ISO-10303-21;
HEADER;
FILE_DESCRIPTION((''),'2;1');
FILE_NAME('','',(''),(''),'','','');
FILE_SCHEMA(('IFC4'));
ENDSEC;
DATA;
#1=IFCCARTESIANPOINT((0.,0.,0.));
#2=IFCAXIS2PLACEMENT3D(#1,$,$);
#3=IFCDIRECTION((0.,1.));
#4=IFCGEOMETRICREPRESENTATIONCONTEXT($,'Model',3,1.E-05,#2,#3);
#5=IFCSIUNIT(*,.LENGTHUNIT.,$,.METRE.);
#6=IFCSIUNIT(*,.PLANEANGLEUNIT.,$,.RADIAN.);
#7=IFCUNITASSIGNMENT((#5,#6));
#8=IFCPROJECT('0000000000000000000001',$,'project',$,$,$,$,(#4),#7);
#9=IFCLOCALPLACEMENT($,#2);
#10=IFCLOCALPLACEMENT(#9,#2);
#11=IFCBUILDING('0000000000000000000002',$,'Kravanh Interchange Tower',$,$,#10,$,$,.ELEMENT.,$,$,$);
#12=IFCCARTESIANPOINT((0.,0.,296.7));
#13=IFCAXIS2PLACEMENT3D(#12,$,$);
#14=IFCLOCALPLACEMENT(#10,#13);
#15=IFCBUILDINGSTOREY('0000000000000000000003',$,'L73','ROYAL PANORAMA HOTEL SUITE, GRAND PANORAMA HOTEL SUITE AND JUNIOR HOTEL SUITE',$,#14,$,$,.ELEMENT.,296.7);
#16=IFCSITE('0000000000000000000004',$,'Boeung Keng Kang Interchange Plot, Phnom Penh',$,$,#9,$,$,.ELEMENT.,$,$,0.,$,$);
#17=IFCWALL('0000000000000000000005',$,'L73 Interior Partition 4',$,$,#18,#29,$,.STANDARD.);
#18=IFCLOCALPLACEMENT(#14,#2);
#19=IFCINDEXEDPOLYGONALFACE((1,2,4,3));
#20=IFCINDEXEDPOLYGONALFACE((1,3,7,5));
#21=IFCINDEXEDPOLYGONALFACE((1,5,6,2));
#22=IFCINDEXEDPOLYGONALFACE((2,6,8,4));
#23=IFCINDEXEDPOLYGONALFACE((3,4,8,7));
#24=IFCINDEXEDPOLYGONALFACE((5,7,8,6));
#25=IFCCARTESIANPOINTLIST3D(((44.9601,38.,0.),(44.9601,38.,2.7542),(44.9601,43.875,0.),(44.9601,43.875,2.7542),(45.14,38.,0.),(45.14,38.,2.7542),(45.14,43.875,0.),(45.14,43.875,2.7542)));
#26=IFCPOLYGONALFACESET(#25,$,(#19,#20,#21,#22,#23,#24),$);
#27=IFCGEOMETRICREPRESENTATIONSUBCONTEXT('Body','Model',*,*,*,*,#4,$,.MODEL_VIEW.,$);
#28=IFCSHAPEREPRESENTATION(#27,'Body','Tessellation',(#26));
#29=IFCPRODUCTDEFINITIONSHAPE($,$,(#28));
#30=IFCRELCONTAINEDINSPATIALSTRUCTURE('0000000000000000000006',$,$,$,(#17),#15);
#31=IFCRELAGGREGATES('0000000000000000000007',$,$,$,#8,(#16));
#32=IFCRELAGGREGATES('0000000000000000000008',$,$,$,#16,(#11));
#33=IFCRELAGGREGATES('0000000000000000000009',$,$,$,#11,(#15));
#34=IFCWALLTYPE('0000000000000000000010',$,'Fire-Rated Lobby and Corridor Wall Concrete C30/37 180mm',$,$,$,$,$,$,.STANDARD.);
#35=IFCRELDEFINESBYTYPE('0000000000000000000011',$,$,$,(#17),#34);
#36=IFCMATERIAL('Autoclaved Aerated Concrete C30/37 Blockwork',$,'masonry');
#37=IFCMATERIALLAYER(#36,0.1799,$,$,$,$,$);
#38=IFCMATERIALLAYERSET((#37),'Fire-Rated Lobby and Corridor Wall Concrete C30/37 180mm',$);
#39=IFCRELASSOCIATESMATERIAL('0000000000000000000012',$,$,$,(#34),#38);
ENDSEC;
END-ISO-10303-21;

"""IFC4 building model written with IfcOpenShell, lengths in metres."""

from ifc_helpers import new_model, si_unit, direction, frame, frame_2d, origin, place, context, subcontext, project, spatial, rectangle, extrude, material, layer, layer_set, type_object, element, save


model = new_model("IFC4")

# Units and contexts
model_context = context("Model", 3, precision=1e-05, world=origin(), true_north=direction((0.0, 1.0)))
body_context = subcontext(model_context, "Body", "Model", "MODEL_VIEW")
ifc_project = project(units=[si_unit("LENGTHUNIT", "METRE"), si_unit("PLANEANGLEUNIT", "RADIAN")], contexts=[model_context])

# Site, building, storey
site_placement = place(None, origin())
site = spatial("IfcSite", under=ifc_project, at=site_placement, Name="Boeung Keng Kang Interchange Plot, Phnom Penh", CompositionType="ELEMENT", RefElevation=0.0)
building_placement = place(site_placement, origin())
building = spatial("IfcBuilding", under=site, at=building_placement, Name="Kravanh Interchange Tower", CompositionType="ELEMENT")
storey_placement = place(building_placement, frame((0.0, 0.0, 296.7)))
storey = spatial("IfcBuildingStorey", under=building, at=storey_placement, Name="L73", Description="ROYAL PANORAMA HOTEL SUITE, GRAND PANORAMA HOTEL SUITE AND JUNIOR HOTEL SUITE", CompositionType="ELEMENT", Elevation=296.7)

# Shared definitions
ifc_material_1 = material(Name="Autoclaved Aerated Concrete C30/37 Blockwork", Category="masonry")
ifc_layer = layer(ifc_material_1, 0.1799)
ifc_layer_set = layer_set([ifc_layer], Name="Fire-Rated Lobby and Corridor Wall Concrete C30/37 180mm")
wall_type = type_object("IfcWallType", Name="Fire-Rated Lobby and Corridor Wall Concrete C30/37 180mm", PredefinedType="STANDARD", material=ifc_layer_set)

# Wall
wall_1_placement = place(storey_placement, frame((45.05, 38.0, 0.0), z_axis=(0.0, 0.0, 1.0), x_axis=(0.0, 1.0, 0.0)))
element("IfcWall", 1, at=wall_1_placement, inside=storey, type_object=wall_type, Name="L73 Interior Partition 4", PredefinedType="STANDARD", context=body_context, shape_type="SweptSolid", body=[
    extrude(rectangle(XDim=5.875, YDim=0.1799, at=frame_2d((2.9375, 0.0))), origin(), (0.0, 0.0, 1.0), 2.7542),
])

save(model, "model.ifc")
